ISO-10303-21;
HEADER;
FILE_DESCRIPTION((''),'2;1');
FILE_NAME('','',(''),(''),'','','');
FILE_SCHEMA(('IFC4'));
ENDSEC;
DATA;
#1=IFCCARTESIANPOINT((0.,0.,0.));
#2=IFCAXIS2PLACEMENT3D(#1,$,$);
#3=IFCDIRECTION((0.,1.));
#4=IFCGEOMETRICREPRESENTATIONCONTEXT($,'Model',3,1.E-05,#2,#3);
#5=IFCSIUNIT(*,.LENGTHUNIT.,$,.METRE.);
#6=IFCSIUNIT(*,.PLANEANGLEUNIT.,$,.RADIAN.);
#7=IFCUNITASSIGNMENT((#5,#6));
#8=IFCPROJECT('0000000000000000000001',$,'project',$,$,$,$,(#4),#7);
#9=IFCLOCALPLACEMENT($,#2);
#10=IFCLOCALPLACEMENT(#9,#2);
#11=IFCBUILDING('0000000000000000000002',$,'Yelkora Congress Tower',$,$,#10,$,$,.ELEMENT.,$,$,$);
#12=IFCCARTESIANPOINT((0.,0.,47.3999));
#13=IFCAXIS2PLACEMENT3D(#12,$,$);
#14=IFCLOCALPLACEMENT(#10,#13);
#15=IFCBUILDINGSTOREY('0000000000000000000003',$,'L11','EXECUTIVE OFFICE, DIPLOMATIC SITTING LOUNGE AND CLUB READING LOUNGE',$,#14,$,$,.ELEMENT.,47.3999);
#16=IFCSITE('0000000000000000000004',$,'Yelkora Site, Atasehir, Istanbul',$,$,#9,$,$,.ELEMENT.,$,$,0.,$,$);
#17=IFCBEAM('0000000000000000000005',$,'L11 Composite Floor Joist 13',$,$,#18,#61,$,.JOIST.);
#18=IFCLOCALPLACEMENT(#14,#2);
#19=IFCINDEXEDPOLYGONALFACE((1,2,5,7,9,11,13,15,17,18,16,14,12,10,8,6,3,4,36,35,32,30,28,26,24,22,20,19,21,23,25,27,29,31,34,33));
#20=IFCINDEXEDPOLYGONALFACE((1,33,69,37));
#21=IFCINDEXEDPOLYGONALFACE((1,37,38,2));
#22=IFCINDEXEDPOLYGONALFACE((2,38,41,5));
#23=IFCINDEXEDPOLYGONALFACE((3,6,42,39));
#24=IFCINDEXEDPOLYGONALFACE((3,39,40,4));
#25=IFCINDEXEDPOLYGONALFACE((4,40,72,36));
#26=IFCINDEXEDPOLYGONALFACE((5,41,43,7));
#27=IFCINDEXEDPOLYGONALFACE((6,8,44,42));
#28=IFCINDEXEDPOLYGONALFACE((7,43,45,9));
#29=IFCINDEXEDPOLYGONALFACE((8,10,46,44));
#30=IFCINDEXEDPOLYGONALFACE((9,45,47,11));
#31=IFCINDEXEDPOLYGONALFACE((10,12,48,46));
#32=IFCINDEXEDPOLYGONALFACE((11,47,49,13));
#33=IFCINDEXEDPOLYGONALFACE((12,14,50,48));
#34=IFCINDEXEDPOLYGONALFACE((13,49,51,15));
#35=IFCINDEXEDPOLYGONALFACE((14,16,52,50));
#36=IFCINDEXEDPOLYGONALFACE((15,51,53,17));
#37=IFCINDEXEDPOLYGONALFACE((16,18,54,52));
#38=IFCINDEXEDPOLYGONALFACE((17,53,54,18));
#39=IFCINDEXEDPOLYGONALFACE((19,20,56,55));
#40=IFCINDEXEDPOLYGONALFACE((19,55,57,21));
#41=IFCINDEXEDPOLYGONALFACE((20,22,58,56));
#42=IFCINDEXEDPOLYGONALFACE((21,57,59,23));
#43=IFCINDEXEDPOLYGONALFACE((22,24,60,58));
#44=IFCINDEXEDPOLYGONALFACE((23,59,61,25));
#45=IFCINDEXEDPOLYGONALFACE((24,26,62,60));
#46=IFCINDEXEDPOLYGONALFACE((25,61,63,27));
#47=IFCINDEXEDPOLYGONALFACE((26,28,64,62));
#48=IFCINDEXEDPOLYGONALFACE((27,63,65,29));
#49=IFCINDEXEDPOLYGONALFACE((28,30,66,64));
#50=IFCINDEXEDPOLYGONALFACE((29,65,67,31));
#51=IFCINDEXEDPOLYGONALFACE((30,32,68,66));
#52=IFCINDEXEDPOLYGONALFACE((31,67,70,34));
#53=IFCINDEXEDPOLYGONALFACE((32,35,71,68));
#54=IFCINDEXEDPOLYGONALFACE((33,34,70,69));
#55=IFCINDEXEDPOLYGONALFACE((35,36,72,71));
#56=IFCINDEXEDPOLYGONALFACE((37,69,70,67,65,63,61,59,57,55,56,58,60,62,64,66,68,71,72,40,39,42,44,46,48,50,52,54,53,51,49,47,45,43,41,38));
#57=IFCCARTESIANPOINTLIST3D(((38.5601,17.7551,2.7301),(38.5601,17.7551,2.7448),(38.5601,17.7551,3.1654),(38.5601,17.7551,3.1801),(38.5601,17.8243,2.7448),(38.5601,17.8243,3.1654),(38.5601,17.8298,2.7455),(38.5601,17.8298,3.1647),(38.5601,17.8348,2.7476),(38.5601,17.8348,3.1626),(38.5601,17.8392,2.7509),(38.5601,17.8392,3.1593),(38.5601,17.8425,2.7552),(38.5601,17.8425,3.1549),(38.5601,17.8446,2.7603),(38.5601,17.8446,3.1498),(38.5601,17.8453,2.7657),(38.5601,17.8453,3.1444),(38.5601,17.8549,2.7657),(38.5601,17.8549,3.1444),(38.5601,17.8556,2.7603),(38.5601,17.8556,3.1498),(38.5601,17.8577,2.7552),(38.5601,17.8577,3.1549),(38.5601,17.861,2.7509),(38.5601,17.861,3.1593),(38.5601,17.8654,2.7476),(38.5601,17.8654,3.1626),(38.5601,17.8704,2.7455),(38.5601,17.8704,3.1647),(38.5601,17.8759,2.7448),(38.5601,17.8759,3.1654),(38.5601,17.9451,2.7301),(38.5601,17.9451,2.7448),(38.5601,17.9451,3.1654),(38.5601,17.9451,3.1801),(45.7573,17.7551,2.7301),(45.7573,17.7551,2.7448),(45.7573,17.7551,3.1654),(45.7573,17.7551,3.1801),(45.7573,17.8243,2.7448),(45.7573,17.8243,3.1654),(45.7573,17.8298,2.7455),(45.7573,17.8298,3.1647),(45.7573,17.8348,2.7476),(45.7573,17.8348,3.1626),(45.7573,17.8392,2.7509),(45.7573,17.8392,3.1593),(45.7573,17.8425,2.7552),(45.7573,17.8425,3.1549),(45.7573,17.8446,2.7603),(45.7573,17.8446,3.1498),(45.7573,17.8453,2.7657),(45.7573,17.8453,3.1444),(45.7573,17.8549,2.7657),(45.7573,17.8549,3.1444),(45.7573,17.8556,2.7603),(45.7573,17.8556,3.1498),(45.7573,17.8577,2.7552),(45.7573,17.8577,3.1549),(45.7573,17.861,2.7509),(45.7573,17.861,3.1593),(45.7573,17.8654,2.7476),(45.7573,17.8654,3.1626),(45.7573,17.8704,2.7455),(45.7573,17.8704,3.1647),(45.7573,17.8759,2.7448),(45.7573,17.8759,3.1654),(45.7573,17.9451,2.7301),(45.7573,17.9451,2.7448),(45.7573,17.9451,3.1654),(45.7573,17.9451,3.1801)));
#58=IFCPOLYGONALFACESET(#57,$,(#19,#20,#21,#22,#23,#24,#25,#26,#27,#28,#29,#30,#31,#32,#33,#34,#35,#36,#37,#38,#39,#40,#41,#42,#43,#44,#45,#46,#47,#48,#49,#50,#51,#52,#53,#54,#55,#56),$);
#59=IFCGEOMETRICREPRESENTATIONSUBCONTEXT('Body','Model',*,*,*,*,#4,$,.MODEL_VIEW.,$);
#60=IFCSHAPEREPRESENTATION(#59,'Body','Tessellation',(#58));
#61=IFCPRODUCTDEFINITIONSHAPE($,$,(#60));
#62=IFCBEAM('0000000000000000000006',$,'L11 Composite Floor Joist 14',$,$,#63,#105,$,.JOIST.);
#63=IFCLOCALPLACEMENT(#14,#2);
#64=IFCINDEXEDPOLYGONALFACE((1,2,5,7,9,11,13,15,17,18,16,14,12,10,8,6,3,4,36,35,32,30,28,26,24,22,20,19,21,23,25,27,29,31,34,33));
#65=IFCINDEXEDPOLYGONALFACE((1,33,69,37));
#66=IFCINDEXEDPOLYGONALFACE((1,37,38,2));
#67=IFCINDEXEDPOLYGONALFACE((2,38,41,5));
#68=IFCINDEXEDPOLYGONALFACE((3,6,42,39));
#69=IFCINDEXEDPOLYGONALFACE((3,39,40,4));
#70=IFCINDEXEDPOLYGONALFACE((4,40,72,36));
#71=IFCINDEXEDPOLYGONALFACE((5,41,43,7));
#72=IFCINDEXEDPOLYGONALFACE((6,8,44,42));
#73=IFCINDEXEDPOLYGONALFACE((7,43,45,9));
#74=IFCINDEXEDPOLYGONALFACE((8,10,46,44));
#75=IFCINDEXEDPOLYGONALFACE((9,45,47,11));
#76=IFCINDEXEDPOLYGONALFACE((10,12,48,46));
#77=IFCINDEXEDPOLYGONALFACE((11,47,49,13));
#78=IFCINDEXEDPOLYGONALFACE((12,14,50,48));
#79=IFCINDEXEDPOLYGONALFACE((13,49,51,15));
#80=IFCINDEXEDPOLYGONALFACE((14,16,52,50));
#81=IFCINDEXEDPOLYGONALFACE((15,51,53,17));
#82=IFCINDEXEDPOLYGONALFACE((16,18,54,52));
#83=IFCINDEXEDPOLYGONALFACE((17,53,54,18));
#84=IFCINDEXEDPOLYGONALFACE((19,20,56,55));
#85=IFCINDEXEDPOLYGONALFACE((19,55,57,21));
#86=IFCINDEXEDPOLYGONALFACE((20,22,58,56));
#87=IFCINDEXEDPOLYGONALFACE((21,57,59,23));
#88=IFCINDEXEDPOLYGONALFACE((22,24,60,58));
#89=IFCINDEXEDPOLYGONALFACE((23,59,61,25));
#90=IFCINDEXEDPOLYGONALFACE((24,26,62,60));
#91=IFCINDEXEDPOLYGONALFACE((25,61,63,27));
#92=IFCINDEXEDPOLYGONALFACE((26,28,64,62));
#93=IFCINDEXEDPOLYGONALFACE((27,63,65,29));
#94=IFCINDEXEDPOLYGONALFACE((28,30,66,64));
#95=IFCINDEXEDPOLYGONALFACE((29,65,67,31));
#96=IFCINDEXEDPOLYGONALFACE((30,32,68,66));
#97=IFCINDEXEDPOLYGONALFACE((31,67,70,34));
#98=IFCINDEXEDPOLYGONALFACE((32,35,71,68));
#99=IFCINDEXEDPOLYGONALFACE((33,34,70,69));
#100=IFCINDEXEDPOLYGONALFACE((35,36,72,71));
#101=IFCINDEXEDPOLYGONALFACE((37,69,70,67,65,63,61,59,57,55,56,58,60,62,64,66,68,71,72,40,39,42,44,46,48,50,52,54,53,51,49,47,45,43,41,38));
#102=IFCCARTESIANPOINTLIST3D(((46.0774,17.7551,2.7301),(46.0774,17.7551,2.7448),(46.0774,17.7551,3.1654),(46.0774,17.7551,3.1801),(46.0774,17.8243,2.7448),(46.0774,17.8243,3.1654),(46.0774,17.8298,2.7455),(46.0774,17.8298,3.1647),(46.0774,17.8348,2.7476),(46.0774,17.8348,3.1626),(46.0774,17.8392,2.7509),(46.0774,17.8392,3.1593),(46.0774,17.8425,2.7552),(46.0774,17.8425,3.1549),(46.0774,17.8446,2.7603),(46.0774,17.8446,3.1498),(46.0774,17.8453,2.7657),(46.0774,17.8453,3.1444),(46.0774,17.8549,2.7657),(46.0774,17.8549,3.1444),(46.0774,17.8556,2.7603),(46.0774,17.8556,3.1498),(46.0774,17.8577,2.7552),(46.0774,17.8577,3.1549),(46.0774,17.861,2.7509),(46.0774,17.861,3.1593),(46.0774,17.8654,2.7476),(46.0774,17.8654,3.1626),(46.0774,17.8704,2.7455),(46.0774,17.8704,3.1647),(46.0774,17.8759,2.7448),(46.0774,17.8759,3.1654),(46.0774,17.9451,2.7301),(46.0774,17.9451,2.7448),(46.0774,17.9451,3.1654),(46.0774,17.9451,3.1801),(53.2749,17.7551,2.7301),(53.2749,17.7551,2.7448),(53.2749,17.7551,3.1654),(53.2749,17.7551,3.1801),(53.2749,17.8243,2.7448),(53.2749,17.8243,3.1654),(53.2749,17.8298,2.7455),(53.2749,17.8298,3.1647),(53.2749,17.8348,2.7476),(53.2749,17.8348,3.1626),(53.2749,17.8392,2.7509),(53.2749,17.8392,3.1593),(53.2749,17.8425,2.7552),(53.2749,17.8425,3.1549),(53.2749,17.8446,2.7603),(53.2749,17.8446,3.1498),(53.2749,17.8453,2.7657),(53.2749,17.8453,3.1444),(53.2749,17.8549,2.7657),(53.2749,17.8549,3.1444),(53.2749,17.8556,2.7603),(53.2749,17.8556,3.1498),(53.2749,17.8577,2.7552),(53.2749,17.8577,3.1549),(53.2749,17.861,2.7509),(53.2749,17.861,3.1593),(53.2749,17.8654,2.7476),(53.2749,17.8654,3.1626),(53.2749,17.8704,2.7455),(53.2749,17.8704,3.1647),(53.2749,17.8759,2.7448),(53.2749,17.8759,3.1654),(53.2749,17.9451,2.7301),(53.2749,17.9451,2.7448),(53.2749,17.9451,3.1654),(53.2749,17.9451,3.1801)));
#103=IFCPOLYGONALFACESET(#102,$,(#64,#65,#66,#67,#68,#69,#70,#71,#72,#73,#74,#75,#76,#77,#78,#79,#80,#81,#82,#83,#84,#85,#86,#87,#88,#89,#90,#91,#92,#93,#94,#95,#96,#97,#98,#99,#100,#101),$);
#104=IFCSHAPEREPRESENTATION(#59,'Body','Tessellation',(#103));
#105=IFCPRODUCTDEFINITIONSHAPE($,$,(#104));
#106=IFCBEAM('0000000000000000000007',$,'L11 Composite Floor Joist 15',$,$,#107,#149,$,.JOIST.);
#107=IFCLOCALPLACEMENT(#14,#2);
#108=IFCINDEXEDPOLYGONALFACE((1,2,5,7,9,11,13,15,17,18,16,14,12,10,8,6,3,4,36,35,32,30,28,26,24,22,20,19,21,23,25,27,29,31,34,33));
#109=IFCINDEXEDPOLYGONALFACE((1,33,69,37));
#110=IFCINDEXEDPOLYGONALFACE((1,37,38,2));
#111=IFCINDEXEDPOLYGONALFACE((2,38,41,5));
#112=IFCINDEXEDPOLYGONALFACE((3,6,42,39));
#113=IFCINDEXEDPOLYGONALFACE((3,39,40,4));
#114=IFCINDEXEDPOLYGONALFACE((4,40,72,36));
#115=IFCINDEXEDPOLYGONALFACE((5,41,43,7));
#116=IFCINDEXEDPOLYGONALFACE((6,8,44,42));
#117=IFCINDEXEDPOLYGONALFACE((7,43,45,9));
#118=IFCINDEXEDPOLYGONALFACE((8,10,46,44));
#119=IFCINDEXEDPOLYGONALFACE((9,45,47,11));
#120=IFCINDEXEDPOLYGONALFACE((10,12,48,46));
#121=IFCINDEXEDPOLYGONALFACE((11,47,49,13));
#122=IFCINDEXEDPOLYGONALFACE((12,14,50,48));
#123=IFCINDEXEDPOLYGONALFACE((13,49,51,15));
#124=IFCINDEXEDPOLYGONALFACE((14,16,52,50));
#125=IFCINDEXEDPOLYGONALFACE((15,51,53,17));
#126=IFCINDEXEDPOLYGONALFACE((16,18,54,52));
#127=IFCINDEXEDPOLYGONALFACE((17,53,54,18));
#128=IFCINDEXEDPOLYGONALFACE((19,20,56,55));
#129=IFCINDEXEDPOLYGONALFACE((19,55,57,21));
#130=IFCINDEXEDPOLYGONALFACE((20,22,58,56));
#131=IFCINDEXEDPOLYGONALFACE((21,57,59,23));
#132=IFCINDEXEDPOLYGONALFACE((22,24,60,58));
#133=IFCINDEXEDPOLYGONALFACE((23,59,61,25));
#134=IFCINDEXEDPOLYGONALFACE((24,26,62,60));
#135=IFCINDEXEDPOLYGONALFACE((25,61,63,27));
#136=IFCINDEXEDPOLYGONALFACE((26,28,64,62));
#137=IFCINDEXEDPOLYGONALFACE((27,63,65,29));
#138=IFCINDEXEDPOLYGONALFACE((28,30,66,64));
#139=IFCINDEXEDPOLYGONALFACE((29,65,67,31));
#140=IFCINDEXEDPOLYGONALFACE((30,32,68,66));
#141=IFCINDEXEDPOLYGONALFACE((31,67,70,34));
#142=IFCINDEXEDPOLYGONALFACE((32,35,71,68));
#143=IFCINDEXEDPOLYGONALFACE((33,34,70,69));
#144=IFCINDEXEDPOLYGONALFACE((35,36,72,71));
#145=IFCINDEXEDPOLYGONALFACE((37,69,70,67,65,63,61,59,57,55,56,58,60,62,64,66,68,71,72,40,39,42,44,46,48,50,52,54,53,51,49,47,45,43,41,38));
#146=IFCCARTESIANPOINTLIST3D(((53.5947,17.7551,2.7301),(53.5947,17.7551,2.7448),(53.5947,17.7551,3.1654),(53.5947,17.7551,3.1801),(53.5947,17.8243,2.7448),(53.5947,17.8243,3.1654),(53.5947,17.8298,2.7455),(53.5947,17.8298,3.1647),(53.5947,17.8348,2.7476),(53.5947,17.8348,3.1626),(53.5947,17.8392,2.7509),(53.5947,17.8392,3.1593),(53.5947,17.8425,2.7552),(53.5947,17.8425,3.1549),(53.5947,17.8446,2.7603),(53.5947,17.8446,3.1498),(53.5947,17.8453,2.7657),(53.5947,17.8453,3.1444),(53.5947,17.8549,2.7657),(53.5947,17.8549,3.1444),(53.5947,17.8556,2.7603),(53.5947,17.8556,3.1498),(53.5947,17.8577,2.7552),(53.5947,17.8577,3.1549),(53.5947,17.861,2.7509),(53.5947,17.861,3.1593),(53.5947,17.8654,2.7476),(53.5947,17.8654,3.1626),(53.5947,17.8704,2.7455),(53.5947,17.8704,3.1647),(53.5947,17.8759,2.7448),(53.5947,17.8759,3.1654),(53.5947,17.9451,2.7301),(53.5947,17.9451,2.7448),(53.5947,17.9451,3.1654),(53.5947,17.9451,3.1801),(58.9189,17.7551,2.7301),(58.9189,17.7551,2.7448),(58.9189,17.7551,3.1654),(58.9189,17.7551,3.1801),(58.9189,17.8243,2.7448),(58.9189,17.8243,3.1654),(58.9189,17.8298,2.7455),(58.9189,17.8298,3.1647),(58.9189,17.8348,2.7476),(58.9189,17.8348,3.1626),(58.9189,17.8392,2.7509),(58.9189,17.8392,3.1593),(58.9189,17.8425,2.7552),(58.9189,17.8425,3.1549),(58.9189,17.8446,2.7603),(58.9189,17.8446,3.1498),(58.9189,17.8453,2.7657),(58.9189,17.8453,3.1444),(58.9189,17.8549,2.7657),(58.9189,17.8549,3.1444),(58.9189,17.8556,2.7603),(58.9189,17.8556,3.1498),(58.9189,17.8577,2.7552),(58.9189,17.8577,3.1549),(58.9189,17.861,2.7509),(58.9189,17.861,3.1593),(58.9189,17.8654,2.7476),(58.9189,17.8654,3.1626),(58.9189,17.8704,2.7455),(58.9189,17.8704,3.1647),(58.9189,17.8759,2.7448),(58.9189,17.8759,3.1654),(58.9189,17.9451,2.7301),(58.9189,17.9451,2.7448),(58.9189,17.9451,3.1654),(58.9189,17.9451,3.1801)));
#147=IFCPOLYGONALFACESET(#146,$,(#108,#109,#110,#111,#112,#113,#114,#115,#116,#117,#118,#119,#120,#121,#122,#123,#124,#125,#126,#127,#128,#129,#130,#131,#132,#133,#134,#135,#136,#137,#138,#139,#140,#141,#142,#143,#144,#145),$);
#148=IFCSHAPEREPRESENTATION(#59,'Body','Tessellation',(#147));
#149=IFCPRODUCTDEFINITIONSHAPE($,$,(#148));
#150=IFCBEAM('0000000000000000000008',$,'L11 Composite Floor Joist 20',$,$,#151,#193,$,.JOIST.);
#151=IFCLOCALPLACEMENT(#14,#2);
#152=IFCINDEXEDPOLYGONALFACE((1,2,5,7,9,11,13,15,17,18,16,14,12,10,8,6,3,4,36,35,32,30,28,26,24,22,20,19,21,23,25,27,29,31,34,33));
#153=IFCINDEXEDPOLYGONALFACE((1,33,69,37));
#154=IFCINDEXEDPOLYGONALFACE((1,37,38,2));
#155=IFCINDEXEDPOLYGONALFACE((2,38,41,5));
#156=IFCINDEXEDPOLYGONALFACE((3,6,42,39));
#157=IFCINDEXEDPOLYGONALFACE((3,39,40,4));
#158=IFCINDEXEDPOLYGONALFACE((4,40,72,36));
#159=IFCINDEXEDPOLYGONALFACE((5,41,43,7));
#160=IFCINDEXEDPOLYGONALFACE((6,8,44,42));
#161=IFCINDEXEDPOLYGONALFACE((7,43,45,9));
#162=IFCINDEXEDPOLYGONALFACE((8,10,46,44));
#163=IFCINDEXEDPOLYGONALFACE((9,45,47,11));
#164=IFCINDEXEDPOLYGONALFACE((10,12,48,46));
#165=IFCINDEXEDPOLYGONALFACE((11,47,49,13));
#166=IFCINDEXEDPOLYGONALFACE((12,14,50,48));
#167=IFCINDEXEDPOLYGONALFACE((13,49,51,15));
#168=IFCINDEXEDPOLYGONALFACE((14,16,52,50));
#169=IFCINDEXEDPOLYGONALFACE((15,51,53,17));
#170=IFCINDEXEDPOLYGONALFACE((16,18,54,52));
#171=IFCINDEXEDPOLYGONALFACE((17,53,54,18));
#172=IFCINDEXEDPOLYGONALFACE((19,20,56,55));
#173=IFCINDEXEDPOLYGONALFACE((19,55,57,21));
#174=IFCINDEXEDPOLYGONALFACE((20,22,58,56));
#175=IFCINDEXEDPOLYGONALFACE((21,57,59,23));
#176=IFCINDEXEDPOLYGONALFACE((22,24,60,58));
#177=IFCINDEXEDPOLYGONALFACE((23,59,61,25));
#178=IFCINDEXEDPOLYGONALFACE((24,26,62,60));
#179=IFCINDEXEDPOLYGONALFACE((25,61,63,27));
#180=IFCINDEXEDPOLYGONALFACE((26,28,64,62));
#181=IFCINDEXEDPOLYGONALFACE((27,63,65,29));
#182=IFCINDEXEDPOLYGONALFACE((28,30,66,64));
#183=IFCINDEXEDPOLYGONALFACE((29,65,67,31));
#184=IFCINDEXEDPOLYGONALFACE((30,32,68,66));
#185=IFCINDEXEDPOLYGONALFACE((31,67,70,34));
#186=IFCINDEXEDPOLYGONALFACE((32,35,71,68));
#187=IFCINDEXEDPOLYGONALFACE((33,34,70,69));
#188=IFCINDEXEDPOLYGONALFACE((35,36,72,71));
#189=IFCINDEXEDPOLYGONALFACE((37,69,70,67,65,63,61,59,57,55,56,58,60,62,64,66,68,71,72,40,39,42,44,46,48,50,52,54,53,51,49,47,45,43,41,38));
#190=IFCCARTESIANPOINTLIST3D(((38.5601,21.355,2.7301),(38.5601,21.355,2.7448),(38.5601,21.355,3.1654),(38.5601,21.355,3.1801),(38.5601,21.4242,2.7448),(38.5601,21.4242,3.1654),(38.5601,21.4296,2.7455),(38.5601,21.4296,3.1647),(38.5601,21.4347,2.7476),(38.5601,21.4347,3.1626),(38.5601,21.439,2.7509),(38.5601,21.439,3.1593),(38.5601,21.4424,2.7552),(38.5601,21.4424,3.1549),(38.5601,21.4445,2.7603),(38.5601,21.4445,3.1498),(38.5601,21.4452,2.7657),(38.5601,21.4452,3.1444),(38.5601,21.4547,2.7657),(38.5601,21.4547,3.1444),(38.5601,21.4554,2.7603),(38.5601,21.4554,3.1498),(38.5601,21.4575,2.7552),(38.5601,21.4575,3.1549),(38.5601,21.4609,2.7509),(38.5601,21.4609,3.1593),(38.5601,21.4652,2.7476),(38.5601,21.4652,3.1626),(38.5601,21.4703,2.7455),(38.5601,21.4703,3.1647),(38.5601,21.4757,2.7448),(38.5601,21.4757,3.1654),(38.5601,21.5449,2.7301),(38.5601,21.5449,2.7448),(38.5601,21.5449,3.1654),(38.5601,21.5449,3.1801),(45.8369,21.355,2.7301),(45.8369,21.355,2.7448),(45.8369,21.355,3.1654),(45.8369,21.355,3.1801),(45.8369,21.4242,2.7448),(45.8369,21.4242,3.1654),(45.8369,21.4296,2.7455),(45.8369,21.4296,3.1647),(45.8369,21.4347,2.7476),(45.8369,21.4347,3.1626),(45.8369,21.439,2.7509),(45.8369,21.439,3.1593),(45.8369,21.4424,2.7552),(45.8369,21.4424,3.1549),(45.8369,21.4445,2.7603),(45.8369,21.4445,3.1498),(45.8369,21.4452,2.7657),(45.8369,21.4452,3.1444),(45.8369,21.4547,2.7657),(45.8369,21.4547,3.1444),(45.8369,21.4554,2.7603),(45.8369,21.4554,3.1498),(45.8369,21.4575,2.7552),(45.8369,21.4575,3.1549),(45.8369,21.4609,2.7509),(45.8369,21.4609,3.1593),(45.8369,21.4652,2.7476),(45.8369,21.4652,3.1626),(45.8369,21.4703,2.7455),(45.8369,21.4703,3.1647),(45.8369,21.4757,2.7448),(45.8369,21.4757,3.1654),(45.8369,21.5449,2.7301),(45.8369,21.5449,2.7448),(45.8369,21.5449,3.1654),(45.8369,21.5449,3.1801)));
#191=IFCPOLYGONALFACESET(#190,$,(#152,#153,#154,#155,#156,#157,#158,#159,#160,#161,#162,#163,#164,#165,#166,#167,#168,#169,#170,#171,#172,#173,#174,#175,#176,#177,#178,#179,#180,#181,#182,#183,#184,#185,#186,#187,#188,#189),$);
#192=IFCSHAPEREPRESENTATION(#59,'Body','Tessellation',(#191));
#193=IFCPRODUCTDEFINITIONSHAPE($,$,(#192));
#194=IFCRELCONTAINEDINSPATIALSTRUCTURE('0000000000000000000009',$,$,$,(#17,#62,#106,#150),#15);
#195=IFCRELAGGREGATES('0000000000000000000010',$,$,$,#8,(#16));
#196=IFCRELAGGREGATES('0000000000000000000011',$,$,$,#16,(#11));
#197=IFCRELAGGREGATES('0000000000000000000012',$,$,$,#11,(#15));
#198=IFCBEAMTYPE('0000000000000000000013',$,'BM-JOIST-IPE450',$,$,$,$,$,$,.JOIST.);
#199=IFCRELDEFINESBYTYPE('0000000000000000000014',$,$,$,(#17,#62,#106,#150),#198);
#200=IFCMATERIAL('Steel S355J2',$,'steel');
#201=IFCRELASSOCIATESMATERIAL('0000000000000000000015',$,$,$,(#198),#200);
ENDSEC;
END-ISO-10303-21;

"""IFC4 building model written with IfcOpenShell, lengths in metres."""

from ifc_helpers import new_model, si_unit, direction, frame, origin, origin_2d, place, context, subcontext, project, spatial, i_section, extrude, material, material_profile, profile_set, type_object, element, save


model = new_model("IFC4")

# Units and contexts
model_context = context("Model", 3, precision=1e-05, world=origin(), true_north=direction((0.0, 1.0)))
body_context = subcontext(model_context, "Body", "Model", "MODEL_VIEW")
ifc_project = project(units=[si_unit("LENGTHUNIT", "METRE"), si_unit("PLANEANGLEUNIT", "RADIAN")], contexts=[model_context])

# Site, building, storey
site_placement = place(None, origin())
site = spatial("IfcSite", under=ifc_project, at=site_placement, Name="Yelkora Site, Atasehir, Istanbul", CompositionType="ELEMENT", RefElevation=0.0)
building_placement = place(site_placement, origin())
building = spatial("IfcBuilding", under=site, at=building_placement, Name="Yelkora Congress Tower", CompositionType="ELEMENT")
storey_placement = place(building_placement, frame((0.0, 0.0, 47.3999)))
storey = spatial("IfcBuildingStorey", under=building, at=storey_placement, Name="L11", Description="EXECUTIVE OFFICE, DIPLOMATIC SITTING LOUNGE AND CLUB READING LOUNGE", CompositionType="ELEMENT", Elevation=47.3999)

# Beams
ifc_material_1 = material(Name="Steel S355J2", Category="steel")
ifc_material_profile_1 = material_profile(ifc_material_1, i_section(OverallWidth=0.1899, OverallDepth=0.45, WebThickness=0.0095, FlangeThickness=0.0146, FilletRadius=0.021, at=origin_2d()), Name="IPE 450")
ifc_profile_set_1 = profile_set([ifc_material_profile_1], Name="Steel S355J2")
beam_type_1 = type_object("IfcBeamType", Name="BM-JOIST-IPE450", PredefinedType="JOIST", material=ifc_profile_set_1)
beam_1_placement = place(storey_placement, frame((38.5601, 17.8501, 2.9551), z_axis=(1.0, 0.0, 0.0), x_axis=(0.0, 1.0, 0.0)))
element("IfcBeam", 1, at=beam_1_placement, inside=storey, type_object=beam_type_1, Name="L11 Composite Floor Joist 13", PredefinedType="JOIST", context=body_context, shape_type="SweptSolid", body=[
    extrude(i_section(OverallWidth=0.1899, OverallDepth=0.45, WebThickness=0.0095, FlangeThickness=0.0146, FilletRadius=0.021, at=origin_2d()), origin(), (0.0, 0.0, 1.0), 7.1973),
])
beam_2_placement = place(storey_placement, frame((46.0774, 17.8501, 2.9551), z_axis=(1.0, 0.0, 0.0), x_axis=(0.0, 1.0, 0.0)))
element("IfcBeam", 2, at=beam_2_placement, inside=storey, type_object=beam_type_1, Name="L11 Composite Floor Joist 14", PredefinedType="JOIST", context=body_context, shape_type="SweptSolid", body=[
    extrude(i_section(OverallWidth=0.1899, OverallDepth=0.45, WebThickness=0.0095, FlangeThickness=0.0146, FilletRadius=0.021, at=origin_2d()), origin(), (0.0, 0.0, 1.0), 7.1975),
])
beam_3_placement = place(storey_placement, frame((53.5947, 17.8501, 2.9551), z_axis=(1.0, 0.0, 0.0), x_axis=(0.0, 1.0, 0.0)))
element("IfcBeam", 3, at=beam_3_placement, inside=storey, type_object=beam_type_1, Name="L11 Composite Floor Joist 15", PredefinedType="JOIST", context=body_context, shape_type="SweptSolid", body=[
    extrude(i_section(OverallWidth=0.1899, OverallDepth=0.45, WebThickness=0.0095, FlangeThickness=0.0146, FilletRadius=0.021, at=origin_2d()), origin(), (0.0, 0.0, 1.0), 5.3242),
])
beam_4_placement = place(storey_placement, frame((38.5601, 21.45, 2.9551), z_axis=(1.0, 0.0, 0.0), x_axis=(0.0, 1.0, 0.0)))
element("IfcBeam", 4, at=beam_4_placement, inside=storey, type_object=beam_type_1, Name="L11 Composite Floor Joist 20", PredefinedType="JOIST", context=body_context, shape_type="SweptSolid", body=[
    extrude(i_section(OverallWidth=0.1899, OverallDepth=0.45, WebThickness=0.0095, FlangeThickness=0.0146, FilletRadius=0.021, at=origin_2d()), origin(), (0.0, 0.0, 1.0), 7.2769),
])

save(model, "model.ifc")
